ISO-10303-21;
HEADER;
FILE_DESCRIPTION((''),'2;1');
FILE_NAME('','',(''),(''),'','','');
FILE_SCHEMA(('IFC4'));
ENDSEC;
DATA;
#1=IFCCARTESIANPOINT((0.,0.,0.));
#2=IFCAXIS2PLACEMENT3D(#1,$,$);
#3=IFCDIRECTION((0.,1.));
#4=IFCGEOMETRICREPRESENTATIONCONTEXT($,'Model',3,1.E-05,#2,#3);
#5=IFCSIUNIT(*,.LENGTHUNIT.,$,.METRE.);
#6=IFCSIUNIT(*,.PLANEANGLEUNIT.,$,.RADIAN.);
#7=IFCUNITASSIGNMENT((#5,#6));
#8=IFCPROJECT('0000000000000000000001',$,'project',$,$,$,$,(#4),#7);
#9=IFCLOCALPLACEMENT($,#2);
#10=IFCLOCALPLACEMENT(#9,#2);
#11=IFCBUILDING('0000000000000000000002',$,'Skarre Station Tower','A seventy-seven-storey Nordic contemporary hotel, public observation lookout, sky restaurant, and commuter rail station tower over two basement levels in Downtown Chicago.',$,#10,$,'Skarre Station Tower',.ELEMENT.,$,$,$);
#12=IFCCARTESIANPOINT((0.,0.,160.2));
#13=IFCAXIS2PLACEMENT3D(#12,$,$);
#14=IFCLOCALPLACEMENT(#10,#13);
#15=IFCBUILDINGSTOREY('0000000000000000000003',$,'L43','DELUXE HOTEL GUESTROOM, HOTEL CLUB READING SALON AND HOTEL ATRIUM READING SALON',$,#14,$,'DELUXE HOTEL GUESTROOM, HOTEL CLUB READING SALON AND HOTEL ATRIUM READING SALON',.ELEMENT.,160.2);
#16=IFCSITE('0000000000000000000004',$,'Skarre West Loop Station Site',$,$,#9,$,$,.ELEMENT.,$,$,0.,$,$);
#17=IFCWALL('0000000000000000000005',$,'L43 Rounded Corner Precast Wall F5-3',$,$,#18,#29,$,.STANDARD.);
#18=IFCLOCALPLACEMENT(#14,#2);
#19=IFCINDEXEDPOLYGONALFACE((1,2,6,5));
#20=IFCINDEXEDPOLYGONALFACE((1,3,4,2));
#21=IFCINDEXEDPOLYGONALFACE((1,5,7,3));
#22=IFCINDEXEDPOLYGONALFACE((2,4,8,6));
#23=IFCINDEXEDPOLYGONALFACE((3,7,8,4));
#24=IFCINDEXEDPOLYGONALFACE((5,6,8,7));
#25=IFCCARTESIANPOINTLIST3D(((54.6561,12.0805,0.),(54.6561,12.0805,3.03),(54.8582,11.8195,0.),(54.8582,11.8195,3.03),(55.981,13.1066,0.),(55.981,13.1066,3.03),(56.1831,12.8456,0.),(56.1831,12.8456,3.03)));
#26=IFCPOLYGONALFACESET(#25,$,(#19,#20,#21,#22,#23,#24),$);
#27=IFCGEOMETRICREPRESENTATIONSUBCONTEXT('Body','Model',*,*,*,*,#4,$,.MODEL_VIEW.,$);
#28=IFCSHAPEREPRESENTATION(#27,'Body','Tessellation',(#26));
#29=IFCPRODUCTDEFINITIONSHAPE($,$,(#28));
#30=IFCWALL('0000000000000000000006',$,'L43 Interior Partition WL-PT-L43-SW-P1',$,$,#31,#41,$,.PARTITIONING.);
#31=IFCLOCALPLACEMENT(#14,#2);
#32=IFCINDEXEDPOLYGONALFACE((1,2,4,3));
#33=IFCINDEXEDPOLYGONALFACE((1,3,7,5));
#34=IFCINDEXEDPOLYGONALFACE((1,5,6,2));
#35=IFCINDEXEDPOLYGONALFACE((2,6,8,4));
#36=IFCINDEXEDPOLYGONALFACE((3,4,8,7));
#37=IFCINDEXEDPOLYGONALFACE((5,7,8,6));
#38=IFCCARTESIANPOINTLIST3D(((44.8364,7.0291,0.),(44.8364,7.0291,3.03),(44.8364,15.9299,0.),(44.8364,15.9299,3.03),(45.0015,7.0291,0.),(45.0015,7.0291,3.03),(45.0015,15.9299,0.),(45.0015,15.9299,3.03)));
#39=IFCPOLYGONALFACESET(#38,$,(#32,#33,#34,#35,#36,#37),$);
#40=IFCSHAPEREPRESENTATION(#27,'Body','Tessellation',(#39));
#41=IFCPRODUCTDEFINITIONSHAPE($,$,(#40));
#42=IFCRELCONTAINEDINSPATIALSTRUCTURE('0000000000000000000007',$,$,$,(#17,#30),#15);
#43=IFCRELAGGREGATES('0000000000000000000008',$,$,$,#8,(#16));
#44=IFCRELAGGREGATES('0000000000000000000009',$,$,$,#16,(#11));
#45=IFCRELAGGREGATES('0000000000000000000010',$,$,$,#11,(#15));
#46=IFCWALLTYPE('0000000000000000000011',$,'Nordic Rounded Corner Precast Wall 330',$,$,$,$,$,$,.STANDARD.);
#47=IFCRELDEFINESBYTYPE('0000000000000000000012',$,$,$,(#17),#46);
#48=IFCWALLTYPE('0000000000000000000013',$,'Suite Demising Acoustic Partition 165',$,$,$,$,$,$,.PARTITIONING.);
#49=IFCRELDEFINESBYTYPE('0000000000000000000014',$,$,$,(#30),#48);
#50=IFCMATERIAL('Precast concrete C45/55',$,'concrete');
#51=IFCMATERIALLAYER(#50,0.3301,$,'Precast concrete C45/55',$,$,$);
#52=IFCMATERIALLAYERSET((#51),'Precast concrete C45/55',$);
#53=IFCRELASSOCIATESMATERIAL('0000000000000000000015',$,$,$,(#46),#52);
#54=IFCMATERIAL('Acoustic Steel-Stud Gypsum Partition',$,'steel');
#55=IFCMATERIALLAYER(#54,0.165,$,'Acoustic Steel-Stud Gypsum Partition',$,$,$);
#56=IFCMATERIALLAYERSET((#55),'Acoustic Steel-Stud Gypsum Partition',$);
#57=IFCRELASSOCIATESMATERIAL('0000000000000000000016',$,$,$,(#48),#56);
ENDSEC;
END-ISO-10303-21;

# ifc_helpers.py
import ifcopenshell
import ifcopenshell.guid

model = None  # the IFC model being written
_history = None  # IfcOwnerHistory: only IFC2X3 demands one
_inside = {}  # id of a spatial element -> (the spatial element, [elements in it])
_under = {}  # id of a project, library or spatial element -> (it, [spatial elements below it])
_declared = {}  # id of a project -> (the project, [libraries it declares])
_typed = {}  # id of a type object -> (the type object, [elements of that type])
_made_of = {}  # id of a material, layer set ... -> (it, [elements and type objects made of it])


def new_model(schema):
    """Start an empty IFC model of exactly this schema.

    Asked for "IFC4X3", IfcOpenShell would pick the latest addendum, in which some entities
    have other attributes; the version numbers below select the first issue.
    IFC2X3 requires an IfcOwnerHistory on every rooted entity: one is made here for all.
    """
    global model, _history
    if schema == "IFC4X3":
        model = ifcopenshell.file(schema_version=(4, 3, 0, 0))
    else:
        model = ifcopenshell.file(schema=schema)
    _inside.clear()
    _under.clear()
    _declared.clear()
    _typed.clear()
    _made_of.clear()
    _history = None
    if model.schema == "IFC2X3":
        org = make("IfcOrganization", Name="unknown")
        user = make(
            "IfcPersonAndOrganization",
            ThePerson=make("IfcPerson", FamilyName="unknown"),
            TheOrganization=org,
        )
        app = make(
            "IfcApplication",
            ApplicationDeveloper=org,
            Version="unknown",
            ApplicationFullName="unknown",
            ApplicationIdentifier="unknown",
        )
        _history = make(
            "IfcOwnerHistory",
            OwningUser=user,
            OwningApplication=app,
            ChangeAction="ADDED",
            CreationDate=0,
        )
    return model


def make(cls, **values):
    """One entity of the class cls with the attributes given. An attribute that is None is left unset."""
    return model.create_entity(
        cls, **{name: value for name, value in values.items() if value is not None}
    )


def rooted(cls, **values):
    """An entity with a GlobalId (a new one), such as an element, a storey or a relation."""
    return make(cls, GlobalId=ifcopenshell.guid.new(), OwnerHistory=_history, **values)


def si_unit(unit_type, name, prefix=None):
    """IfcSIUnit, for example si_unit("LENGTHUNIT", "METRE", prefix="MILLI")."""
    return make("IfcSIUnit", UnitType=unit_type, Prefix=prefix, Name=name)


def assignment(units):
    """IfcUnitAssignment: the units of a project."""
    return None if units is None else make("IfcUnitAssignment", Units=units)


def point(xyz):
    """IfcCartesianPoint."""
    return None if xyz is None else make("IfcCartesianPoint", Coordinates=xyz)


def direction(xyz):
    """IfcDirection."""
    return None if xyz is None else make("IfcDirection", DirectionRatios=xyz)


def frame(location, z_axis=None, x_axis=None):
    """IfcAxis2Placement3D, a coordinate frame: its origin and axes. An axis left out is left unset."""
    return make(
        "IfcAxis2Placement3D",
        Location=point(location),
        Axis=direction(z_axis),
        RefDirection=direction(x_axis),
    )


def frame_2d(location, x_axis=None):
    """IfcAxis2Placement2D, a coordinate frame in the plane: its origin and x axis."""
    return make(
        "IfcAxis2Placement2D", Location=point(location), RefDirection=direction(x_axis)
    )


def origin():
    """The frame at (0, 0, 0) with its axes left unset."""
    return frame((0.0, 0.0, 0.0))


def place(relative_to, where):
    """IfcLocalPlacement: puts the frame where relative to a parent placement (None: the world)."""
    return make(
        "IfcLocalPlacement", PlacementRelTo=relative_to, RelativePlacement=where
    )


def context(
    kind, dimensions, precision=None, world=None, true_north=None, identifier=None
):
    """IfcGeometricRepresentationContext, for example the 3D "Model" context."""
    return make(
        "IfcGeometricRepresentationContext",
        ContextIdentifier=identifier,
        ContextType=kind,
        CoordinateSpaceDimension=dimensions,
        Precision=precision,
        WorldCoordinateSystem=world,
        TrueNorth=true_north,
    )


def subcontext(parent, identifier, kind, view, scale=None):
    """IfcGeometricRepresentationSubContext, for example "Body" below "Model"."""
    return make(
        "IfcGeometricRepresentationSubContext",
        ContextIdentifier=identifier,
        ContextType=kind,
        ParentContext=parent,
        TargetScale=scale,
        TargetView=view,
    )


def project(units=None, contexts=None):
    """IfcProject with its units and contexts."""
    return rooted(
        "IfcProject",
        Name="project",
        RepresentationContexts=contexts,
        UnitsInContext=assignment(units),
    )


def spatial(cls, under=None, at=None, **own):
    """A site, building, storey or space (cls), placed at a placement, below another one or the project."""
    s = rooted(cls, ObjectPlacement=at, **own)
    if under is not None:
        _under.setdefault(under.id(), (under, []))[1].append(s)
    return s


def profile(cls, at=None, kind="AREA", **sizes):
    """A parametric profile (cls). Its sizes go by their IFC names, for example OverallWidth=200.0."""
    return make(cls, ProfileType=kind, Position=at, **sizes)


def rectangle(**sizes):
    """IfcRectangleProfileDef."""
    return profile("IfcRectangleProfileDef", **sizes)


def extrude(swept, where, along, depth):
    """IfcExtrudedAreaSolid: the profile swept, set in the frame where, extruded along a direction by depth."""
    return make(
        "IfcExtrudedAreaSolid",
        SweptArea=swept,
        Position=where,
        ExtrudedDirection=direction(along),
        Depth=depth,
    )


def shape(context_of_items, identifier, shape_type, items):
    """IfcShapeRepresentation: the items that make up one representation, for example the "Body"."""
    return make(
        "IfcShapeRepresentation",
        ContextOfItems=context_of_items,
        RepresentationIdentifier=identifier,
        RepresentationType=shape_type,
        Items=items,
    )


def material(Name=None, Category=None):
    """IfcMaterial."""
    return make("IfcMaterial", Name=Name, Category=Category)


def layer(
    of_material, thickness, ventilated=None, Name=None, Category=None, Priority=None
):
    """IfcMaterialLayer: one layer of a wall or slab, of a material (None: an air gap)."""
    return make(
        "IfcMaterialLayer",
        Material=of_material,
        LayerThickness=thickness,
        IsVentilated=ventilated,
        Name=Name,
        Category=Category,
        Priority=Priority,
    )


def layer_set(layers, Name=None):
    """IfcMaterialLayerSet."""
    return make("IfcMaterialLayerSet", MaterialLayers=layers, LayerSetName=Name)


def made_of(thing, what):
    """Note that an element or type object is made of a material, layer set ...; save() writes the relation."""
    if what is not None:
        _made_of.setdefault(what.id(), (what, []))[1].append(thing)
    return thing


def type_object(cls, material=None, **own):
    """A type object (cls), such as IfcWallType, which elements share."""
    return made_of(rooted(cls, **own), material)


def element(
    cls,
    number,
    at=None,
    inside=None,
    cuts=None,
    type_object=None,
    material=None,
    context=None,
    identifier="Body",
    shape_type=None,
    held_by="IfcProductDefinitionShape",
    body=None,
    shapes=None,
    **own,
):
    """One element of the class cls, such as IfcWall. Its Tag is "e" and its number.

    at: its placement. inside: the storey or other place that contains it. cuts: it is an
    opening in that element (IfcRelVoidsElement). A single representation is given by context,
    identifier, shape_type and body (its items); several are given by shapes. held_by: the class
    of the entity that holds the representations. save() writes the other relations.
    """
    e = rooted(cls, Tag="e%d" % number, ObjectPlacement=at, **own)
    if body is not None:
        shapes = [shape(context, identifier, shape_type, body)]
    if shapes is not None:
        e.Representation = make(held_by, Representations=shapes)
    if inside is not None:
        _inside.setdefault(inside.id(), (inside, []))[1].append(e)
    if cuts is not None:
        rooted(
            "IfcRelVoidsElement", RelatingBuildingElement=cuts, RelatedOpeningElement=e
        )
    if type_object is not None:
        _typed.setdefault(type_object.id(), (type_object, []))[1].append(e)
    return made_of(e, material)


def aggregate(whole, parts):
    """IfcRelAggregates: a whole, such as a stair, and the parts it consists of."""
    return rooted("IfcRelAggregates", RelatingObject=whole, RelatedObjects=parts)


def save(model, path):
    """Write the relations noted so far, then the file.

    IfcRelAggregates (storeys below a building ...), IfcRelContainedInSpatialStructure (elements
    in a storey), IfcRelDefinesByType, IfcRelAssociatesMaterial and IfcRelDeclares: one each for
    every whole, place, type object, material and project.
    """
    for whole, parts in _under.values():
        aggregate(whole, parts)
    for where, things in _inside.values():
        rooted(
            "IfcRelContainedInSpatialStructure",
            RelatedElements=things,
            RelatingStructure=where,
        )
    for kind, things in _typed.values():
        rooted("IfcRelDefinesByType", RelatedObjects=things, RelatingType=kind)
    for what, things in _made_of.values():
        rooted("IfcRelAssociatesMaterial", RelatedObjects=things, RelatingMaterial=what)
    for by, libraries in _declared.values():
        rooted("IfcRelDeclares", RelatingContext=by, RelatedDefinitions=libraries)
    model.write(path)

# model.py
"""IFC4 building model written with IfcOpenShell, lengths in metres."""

from ifc_helpers import new_model, si_unit, direction, frame, frame_2d, origin, place, context, subcontext, project, spatial, rectangle, extrude, material, layer, layer_set, type_object, element, save


model = new_model("IFC4")

# Units and contexts
model_context = context("Model", 3, precision=1e-05, world=origin(), true_north=direction((0.0, 1.0)))
body_context = subcontext(model_context, "Body", "Model", "MODEL_VIEW")
ifc_project = project(units=[si_unit("LENGTHUNIT", "METRE"), si_unit("PLANEANGLEUNIT", "RADIAN")], contexts=[model_context])

# Site, building, storey
site_placement = place(None, origin())
site = spatial("IfcSite", under=ifc_project, at=site_placement, Name="Skarre West Loop Station Site", CompositionType="ELEMENT", RefElevation=0.0)
building_placement = place(site_placement, origin())
building = spatial("IfcBuilding", under=site, at=building_placement, Name="Skarre Station Tower", Description="A seventy-seven-storey Nordic contemporary hotel, public observation lookout, sky restaurant, and commuter rail station tower over two basement levels in Downtown Chicago.", LongName="Skarre Station Tower", CompositionType="ELEMENT")
storey_placement = place(building_placement, frame((0.0, 0.0, 160.2)))
storey = spatial("IfcBuildingStorey", under=building, at=storey_placement, Name="L43", Description="DELUXE HOTEL GUESTROOM, HOTEL CLUB READING SALON AND HOTEL ATRIUM READING SALON", LongName="DELUXE HOTEL GUESTROOM, HOTEL CLUB READING SALON AND HOTEL ATRIUM READING SALON", CompositionType="ELEMENT", Elevation=160.2)

# Shared definitions
ifc_material_1 = material(Name="Precast concrete C45/55", Category="concrete")

# Walls
ifc_layer_1 = layer(ifc_material_1, 0.3301, Name="Precast concrete C45/55")
ifc_layer_set_1 = layer_set([ifc_layer_1], Name="Precast concrete C45/55")
wall_type_1 = type_object("IfcWallType", Name="Nordic Rounded Corner Precast Wall 330", PredefinedType="STANDARD", material=ifc_layer_set_1)
wall_1_placement = place(storey_placement, frame((56.082, 12.9761, 0.0), z_axis=(0.0, 0.0, 1.0), x_axis=(-0.790621, -0.612305, 0.0)))
element("IfcWall", 1, at=wall_1_placement, inside=storey, type_object=wall_type_1, Name="L43 Rounded Corner Precast Wall F5-3", PredefinedType="STANDARD", context=body_context, shape_type="SweptSolid", body=[
    extrude(rectangle(XDim=1.6758, YDim=0.3301, at=frame_2d((0.8379, 0.0))), origin(), (0.0, 0.0, 1.0), 3.03),
])
ifc_material_2 = material(Name="Acoustic Steel-Stud Gypsum Partition", Category="steel")
ifc_layer_2 = layer(ifc_material_2, 0.165, Name="Acoustic Steel-Stud Gypsum Partition")
ifc_layer_set_2 = layer_set([ifc_layer_2], Name="Acoustic Steel-Stud Gypsum Partition")
wall_type_2 = type_object("IfcWallType", Name="Suite Demising Acoustic Partition 165", PredefinedType="PARTITIONING", material=ifc_layer_set_2)
wall_2_placement = place(storey_placement, frame((44.9189, 7.0291, 0.0), z_axis=(0.0, 0.0, 1.0), x_axis=(0.0, 1.0, 0.0)))
element("IfcWall", 2, at=wall_2_placement, inside=storey, type_object=wall_type_2, Name="L43 Interior Partition WL-PT-L43-SW-P1", PredefinedType="PARTITIONING", context=body_context, shape_type="SweptSolid", body=[
    extrude(rectangle(XDim=8.9009, YDim=0.165, at=frame_2d((4.4504, 0.0))), origin(), (0.0, 0.0, 1.0), 3.03),
])

save(model, "model.ifc")
